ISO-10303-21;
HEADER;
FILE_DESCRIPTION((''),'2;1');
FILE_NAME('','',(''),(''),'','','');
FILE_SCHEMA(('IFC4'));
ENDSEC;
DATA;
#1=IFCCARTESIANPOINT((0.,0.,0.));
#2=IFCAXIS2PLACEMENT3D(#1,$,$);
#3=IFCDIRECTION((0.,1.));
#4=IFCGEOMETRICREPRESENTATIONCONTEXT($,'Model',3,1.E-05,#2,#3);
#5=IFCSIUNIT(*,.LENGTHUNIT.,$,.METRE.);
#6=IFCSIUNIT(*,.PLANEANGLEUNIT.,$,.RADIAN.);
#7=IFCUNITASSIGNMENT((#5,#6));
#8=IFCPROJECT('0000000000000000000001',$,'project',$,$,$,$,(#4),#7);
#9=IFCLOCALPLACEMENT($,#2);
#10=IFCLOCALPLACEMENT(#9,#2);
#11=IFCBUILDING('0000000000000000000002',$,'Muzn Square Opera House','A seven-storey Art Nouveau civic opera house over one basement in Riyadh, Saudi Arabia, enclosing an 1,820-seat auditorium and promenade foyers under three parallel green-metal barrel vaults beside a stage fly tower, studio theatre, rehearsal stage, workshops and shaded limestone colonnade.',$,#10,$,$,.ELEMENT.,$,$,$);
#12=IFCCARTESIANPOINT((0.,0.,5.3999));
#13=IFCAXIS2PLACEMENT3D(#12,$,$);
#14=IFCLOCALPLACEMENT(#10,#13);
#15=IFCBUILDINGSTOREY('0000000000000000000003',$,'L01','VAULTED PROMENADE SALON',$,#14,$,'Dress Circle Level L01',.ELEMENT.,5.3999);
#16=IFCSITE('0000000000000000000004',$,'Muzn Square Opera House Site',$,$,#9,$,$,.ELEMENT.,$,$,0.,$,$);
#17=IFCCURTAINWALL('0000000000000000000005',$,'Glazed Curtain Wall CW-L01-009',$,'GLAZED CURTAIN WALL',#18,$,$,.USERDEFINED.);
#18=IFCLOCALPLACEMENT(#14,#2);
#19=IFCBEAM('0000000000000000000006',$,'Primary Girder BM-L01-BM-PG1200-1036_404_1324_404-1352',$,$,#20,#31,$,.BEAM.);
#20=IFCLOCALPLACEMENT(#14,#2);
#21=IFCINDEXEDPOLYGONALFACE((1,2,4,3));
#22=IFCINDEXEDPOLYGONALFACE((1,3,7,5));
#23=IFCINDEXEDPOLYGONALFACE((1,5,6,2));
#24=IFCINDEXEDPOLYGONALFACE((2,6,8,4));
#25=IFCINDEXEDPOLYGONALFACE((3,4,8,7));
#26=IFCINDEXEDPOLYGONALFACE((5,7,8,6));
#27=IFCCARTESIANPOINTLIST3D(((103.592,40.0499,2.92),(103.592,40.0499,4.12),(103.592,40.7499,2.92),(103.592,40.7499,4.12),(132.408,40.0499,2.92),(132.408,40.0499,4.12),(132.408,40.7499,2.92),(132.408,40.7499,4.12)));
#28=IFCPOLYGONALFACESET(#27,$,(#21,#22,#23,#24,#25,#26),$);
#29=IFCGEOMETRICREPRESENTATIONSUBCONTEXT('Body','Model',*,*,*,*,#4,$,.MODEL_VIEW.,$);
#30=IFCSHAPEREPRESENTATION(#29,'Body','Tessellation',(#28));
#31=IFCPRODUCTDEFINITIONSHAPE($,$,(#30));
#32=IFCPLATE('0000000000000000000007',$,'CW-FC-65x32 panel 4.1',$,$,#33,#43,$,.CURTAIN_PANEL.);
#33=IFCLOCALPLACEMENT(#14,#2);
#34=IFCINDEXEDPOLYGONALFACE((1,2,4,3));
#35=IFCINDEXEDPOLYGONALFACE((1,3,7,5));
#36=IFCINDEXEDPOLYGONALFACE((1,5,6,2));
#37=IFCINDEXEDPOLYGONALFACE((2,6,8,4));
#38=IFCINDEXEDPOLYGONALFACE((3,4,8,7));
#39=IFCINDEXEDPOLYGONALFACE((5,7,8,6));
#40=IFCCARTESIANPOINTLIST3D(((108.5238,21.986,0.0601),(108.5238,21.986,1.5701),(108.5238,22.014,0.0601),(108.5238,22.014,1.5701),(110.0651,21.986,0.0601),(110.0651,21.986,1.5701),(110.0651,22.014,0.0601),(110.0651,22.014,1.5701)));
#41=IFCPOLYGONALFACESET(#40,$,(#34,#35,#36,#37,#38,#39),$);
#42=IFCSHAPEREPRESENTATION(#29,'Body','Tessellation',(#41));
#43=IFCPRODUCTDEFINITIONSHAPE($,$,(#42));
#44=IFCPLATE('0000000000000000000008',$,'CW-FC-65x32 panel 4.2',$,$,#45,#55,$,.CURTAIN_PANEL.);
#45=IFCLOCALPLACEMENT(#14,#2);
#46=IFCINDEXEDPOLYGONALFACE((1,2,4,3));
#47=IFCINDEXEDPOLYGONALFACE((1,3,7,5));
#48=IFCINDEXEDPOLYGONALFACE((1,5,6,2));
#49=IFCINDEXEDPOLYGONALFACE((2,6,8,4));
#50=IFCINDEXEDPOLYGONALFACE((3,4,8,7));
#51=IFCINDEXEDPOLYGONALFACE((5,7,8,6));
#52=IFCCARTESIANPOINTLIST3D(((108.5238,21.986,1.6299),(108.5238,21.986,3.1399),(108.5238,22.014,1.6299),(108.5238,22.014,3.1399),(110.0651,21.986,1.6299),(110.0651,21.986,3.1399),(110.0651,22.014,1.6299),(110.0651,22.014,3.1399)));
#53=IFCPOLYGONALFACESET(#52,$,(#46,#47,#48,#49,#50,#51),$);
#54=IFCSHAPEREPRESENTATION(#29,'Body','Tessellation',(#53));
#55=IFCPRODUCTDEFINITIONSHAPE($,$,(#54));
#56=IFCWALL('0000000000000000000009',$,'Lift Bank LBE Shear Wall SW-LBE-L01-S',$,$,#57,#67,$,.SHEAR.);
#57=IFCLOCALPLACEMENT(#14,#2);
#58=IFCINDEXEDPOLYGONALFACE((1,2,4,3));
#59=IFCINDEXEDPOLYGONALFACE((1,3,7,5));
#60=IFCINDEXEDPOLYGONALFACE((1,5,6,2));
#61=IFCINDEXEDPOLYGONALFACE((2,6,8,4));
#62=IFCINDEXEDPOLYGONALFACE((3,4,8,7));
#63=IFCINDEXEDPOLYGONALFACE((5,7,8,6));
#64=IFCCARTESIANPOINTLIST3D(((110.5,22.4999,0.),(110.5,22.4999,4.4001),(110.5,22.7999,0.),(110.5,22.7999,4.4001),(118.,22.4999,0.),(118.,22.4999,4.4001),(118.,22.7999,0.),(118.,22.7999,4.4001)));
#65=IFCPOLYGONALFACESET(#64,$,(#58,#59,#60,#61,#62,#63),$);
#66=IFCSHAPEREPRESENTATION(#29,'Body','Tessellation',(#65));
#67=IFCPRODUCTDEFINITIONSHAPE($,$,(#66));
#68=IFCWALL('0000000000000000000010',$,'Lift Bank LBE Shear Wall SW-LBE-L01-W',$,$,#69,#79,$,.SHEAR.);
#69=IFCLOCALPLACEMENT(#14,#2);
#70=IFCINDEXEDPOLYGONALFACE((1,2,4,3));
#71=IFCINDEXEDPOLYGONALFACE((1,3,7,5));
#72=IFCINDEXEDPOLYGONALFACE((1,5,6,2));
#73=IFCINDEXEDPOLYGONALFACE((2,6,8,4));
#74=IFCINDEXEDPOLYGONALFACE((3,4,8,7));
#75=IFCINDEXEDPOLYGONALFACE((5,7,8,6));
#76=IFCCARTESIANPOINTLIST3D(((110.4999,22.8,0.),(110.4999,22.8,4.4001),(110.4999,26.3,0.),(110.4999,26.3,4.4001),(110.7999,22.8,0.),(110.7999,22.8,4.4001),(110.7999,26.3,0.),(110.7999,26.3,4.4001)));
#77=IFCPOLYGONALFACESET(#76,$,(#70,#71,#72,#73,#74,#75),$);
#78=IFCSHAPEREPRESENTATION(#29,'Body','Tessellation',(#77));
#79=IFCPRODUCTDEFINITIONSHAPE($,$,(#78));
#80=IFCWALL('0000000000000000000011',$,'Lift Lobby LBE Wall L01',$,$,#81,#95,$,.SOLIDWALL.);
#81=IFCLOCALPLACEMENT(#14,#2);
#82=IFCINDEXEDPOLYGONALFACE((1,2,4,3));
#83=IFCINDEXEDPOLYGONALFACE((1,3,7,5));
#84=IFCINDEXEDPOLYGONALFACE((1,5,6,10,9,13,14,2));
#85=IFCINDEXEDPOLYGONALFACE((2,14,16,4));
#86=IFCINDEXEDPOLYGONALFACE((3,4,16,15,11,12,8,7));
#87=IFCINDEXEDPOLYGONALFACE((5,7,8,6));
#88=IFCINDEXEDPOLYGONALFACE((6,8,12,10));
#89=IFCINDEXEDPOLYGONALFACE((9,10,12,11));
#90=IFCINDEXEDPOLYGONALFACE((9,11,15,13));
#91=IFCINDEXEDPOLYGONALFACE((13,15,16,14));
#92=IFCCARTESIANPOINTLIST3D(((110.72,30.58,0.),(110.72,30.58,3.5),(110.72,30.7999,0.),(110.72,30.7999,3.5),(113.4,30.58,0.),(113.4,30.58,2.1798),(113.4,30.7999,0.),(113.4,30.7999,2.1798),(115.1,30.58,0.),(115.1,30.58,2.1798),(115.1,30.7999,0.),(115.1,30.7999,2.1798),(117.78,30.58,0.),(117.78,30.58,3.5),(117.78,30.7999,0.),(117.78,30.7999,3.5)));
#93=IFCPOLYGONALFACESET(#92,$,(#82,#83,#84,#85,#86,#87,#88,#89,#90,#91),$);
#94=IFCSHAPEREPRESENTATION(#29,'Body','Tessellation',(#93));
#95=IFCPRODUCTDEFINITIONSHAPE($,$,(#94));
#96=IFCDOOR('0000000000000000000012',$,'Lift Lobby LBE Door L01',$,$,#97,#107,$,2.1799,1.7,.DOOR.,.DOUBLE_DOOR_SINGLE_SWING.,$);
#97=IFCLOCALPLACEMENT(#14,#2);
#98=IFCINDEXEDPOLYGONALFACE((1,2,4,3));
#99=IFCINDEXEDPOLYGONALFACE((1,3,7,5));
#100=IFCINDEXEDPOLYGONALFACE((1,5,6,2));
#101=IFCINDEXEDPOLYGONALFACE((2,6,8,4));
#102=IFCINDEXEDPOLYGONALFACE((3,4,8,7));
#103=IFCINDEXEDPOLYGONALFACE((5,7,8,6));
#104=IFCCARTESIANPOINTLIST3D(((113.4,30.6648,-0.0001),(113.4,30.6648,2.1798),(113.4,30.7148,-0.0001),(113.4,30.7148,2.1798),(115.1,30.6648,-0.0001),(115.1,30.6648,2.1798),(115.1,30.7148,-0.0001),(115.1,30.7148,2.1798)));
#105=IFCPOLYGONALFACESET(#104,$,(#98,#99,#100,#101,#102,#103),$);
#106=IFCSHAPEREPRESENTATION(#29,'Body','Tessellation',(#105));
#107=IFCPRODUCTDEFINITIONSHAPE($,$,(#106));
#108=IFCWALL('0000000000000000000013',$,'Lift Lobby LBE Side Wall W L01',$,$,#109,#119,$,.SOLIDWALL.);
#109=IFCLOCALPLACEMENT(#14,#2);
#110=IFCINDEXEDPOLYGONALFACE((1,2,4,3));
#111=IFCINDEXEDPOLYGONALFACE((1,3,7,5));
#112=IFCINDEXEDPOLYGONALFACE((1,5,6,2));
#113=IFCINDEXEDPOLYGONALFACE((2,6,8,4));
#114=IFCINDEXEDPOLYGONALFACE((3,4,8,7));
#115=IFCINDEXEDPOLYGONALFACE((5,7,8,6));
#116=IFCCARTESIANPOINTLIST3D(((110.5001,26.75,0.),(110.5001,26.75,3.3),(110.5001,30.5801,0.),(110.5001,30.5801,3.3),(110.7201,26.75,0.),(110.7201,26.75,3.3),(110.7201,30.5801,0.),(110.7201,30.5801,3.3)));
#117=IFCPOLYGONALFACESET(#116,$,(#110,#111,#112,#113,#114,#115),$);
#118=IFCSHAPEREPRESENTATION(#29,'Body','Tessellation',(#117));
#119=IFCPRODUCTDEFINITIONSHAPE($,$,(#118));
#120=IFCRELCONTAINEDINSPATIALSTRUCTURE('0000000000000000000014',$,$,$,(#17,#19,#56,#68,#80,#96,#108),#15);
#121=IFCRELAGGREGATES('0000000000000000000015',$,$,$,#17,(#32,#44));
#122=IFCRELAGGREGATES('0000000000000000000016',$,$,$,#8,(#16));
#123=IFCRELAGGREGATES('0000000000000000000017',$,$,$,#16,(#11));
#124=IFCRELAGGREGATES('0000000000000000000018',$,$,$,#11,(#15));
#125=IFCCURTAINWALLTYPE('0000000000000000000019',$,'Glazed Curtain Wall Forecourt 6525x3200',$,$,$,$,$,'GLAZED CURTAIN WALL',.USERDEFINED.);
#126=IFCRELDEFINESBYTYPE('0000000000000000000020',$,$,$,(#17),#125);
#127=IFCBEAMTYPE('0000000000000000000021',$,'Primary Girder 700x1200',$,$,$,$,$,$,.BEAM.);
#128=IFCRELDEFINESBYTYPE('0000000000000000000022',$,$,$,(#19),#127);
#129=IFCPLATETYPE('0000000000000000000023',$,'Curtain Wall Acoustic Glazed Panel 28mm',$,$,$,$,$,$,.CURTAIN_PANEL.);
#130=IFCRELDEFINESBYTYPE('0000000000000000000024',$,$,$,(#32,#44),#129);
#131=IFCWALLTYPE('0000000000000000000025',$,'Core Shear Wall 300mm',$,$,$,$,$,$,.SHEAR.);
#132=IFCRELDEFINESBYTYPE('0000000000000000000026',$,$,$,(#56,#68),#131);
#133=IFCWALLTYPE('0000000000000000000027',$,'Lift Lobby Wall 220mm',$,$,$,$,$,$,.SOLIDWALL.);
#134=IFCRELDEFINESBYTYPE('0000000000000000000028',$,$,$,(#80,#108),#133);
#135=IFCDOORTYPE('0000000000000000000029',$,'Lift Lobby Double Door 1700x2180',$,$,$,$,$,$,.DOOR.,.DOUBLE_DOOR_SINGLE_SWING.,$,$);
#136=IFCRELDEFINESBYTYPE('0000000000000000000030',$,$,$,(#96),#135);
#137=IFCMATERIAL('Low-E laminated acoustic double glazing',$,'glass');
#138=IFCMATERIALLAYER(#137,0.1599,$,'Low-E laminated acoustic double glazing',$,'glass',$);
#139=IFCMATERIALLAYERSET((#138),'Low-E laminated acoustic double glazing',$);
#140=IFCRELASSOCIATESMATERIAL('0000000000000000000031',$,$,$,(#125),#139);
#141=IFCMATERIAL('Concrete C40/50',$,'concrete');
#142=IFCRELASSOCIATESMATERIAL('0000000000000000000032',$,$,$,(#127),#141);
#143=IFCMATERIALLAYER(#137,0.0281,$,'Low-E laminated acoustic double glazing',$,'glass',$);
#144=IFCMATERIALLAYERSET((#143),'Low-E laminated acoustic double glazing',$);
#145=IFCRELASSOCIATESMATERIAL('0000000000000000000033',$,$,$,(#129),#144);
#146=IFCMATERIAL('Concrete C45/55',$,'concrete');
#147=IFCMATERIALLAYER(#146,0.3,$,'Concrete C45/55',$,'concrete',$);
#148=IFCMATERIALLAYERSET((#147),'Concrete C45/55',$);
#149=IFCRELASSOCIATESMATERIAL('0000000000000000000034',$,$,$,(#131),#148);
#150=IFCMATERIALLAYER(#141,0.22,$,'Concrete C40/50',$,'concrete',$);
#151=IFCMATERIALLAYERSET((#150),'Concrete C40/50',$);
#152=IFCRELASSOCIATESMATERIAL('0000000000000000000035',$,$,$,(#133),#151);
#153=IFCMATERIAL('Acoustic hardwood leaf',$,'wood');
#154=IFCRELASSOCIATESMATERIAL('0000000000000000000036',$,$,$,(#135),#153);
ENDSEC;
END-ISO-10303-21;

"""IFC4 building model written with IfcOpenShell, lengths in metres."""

from ifc_helpers import new_model, si_unit, direction, frame, frame_2d, origin, origin_2d, place, context, subcontext, project, spatial, rectangle, extrude, material, layer, layer_set, material_profile, profile_set, type_object, element, fill, aggregate, save


model = new_model("IFC4")

# Units and contexts
model_context = context("Model", 3, precision=1e-05, world=origin(), true_north=direction((0.0, 1.0)))
body_context = subcontext(model_context, "Body", "Model", "MODEL_VIEW")
ifc_project = project(units=[si_unit("LENGTHUNIT", "METRE"), si_unit("PLANEANGLEUNIT", "RADIAN")], contexts=[model_context])

# Site, building, storey
site_placement = place(None, origin())
site = spatial("IfcSite", under=ifc_project, at=site_placement, Name="Muzn Square Opera House Site", CompositionType="ELEMENT", RefElevation=0.0)
building_placement = place(site_placement, origin())
building = spatial("IfcBuilding", under=site, at=building_placement, Name="Muzn Square Opera House", Description="A seven-storey Art Nouveau civic opera house over one basement in Riyadh, Saudi Arabia, enclosing an 1,820-seat auditorium and promenade foyers under three parallel green-metal barrel vaults beside a stage fly tower, studio theatre, rehearsal stage, workshops and shaded limestone colonnade.", CompositionType="ELEMENT")
storey_placement = place(building_placement, frame((0.0, 0.0, 5.3999)))
storey = spatial("IfcBuildingStorey", under=building, at=storey_placement, Name="L01", Description="VAULTED PROMENADE SALON", LongName="Dress Circle Level L01", CompositionType="ELEMENT", Elevation=5.3999)

# Shared definitions
ifc_material_1 = material(Name="Concrete C45/55", Category="concrete")

# Curtain wall
ifc_material_2 = material(Name="Low-E laminated acoustic double glazing", Category="glass")
ifc_layer_1 = layer(ifc_material_2, 0.1599, Name="Low-E laminated acoustic double glazing", Category="glass")
ifc_layer_set_1 = layer_set([ifc_layer_1], Name="Low-E laminated acoustic double glazing")
curtain_wall_type_1 = type_object("IfcCurtainWallType", Name="Glazed Curtain Wall Forecourt 6525x3200", ElementType="GLAZED CURTAIN WALL", PredefinedType="USERDEFINED", material=ifc_layer_set_1)
curtain_wall_1_placement = place(storey_placement, origin())
curtain_wall_1 = element("IfcCurtainWall", 1, at=curtain_wall_1_placement, inside=storey, type_object=curtain_wall_type_1, Name="Glazed Curtain Wall CW-L01-009", ObjectType="GLAZED CURTAIN WALL", PredefinedType="USERDEFINED")

# Beam
ifc_material_3 = material(Name="Concrete C40/50", Category="concrete")
ifc_material_profile_1 = material_profile(ifc_material_3, rectangle(XDim=0.7, YDim=1.2, at=origin_2d()), Name="RCB 700x1200", Category="concrete")
ifc_profile_set_1 = profile_set([ifc_material_profile_1], Name="Concrete C40/50")
beam_type_1 = type_object("IfcBeamType", Name="Primary Girder 700x1200", PredefinedType="BEAM", material=ifc_profile_set_1)
beam_1_placement = place(storey_placement, frame((103.592, 40.3999, 3.52), z_axis=(1.0, 0.0, 0.0), x_axis=(0.0, 1.0, 0.0)))
element("IfcBeam", 2, at=beam_1_placement, inside=storey, type_object=beam_type_1, Name="Primary Girder BM-L01-BM-PG1200-1036_404_1324_404-1352", PredefinedType="BEAM", context=body_context, shape_type="SweptSolid", body=[
    extrude(rectangle(XDim=0.7, YDim=1.2, at=origin_2d()), origin(), (0.0, 0.0, 1.0), 28.8159),
])

# Plates
ifc_layer_2 = layer(ifc_material_2, 0.0281, Name="Low-E laminated acoustic double glazing", Category="glass")
ifc_layer_set_2 = layer_set([ifc_layer_2], Name="Low-E laminated acoustic double glazing")
plate_type = type_object("IfcPlateType", Name="Curtain Wall Acoustic Glazed Panel 28mm", PredefinedType="CURTAIN_PANEL", material=ifc_layer_set_2)
plate_1_placement = place(storey_placement, frame((109.2944, 22.0, 0.0601), z_axis=(0.0, 0.0, 1.0), x_axis=(1.0, 0.0, 0.0)))
plate_1 = element("IfcPlate", 3, at=plate_1_placement, type_object=plate_type, Name="CW-FC-65x32 panel 4.1", PredefinedType="CURTAIN_PANEL", context=body_context, shape_type="SweptSolid", body=[
    extrude(rectangle(XDim=1.5413, YDim=0.0281, at=origin_2d()), origin(), (0.0, 0.0, 1.0), 1.51),
])
plate_2_placement = place(storey_placement, frame((109.2944, 22.0, 1.6299), z_axis=(0.0, 0.0, 1.0), x_axis=(1.0, 0.0, 0.0)))
plate_2 = element("IfcPlate", 4, at=plate_2_placement, type_object=plate_type, Name="CW-FC-65x32 panel 4.2", PredefinedType="CURTAIN_PANEL", context=body_context, shape_type="SweptSolid", body=[
    extrude(rectangle(XDim=1.5413, YDim=0.0281, at=origin_2d()), origin(), (0.0, 0.0, 1.0), 1.51),
])
aggregate(curtain_wall_1, [plate_1, plate_2])

# Walls
ifc_layer_3 = layer(ifc_material_1, 0.3, Name="Concrete C45/55", Category="concrete")
ifc_layer_set_3 = layer_set([ifc_layer_3], Name="Concrete C45/55")
wall_type_1 = type_object("IfcWallType", Name="Core Shear Wall 300mm", PredefinedType="SHEAR", material=ifc_layer_set_3)
wall_1_placement = place(storey_placement, frame((110.5, 22.6499, 0.0), z_axis=(0.0, 0.0, 1.0), x_axis=(1.0, 0.0, 0.0)))
element("IfcWall", 5, at=wall_1_placement, inside=storey, type_object=wall_type_1, Name="Lift Bank LBE Shear Wall SW-LBE-L01-S", PredefinedType="SHEAR", context=body_context, shape_type="SweptSolid", body=[
    extrude(rectangle(XDim=7.5, YDim=0.3, at=frame_2d((3.75, 0.0))), origin(), (0.0, 0.0, 1.0), 4.4001),
])
wall_2_placement = place(storey_placement, frame((110.6499, 22.8, 0.0), z_axis=(0.0, 0.0, 1.0), x_axis=(0.0, 1.0, 0.0)))
element("IfcWall", 6, at=wall_2_placement, inside=storey, type_object=wall_type_1, Name="Lift Bank LBE Shear Wall SW-LBE-L01-W", PredefinedType="SHEAR", context=body_context, shape_type="SweptSolid", body=[
    extrude(rectangle(XDim=3.5, YDim=0.3, at=frame_2d((1.75, 0.0))), origin(), (0.0, 0.0, 1.0), 4.4001),
])

# Wall, opening, door
ifc_layer_4 = layer(ifc_material_3, 0.22, Name="Concrete C40/50", Category="concrete")
ifc_layer_set_4 = layer_set([ifc_layer_4], Name="Concrete C40/50")
wall_type_2 = type_object("IfcWallType", Name="Lift Lobby Wall 220mm", PredefinedType="SOLIDWALL", material=ifc_layer_set_4)
wall_3_placement = place(storey_placement, frame((110.72, 30.6899, 0.0), z_axis=(0.0, 0.0, 1.0), x_axis=(1.0, 0.0, 0.0)))
wall_3 = element("IfcWall", 7, at=wall_3_placement, inside=storey, type_object=wall_type_2, Name="Lift Lobby LBE Wall L01", PredefinedType="SOLIDWALL", context=body_context, shape_type="SweptSolid", body=[
    extrude(rectangle(XDim=7.0601, YDim=0.22, at=frame_2d((3.53, 0.0))), origin(), (0.0, 0.0, 1.0), 3.5),
])
opening_1_placement = place(wall_3_placement, frame((2.6799, 0.0, 0.0)))
opening_1 = element("IfcOpeningElement", 8, at=opening_1_placement, cuts=wall_3, PredefinedType="OPENING", context=body_context, shape_type="SweptSolid", body=[
    extrude(rectangle(XDim=1.7, YDim=2.1799, at=frame_2d((0.8501, 1.0898))), frame((0.0, 0.1199, 0.0), z_axis=(0.0, -1.0, 0.0), x_axis=(1.0, 0.0, 0.0)), (0.0, 0.0, 1.0), 0.24),
])
ifc_material_4 = material(Name="Acoustic hardwood leaf", Category="wood")
door_type_1 = type_object("IfcDoorType", Name="Lift Lobby Double Door 1700x2180", OperationType="DOUBLE_DOOR_SINGLE_SWING", PredefinedType="DOOR", material=ifc_material_4)
door_1_placement = place(opening_1_placement, origin())
door_1 = element("IfcDoor", 9, at=door_1_placement, inside=storey, type_object=door_type_1, Name="Lift Lobby LBE Door L01", OperationType="DOUBLE_DOOR_SINGLE_SWING", OverallHeight=2.1799, OverallWidth=1.7, PredefinedType="DOOR", context=body_context, shape_type="SweptSolid", body=[
    extrude(rectangle(XDim=1.7, YDim=2.1799, at=frame_2d((0.8501, 1.0898))), frame((0.0, 0.0249, 0.0), z_axis=(0.0, -1.0, 0.0), x_axis=(1.0, 0.0, 0.0)), (0.0, 0.0, 1.0), 0.05),
])
fill(opening_1, door_1)

# Wall
wall_4_placement = place(storey_placement, frame((110.6101, 26.75, 0.0), z_axis=(0.0, 0.0, 1.0), x_axis=(0.0, 1.0, 0.0)))
element("IfcWall", 10, at=wall_4_placement, inside=storey, type_object=wall_type_2, Name="Lift Lobby LBE Side Wall W L01", PredefinedType="SOLIDWALL", context=body_context, shape_type="SweptSolid", body=[
    extrude(rectangle(XDim=3.8301, YDim=0.22, at=frame_2d((1.915, 0.0))), origin(), (0.0, 0.0, 1.0), 3.3),
])

save(model, "model.ifc")
